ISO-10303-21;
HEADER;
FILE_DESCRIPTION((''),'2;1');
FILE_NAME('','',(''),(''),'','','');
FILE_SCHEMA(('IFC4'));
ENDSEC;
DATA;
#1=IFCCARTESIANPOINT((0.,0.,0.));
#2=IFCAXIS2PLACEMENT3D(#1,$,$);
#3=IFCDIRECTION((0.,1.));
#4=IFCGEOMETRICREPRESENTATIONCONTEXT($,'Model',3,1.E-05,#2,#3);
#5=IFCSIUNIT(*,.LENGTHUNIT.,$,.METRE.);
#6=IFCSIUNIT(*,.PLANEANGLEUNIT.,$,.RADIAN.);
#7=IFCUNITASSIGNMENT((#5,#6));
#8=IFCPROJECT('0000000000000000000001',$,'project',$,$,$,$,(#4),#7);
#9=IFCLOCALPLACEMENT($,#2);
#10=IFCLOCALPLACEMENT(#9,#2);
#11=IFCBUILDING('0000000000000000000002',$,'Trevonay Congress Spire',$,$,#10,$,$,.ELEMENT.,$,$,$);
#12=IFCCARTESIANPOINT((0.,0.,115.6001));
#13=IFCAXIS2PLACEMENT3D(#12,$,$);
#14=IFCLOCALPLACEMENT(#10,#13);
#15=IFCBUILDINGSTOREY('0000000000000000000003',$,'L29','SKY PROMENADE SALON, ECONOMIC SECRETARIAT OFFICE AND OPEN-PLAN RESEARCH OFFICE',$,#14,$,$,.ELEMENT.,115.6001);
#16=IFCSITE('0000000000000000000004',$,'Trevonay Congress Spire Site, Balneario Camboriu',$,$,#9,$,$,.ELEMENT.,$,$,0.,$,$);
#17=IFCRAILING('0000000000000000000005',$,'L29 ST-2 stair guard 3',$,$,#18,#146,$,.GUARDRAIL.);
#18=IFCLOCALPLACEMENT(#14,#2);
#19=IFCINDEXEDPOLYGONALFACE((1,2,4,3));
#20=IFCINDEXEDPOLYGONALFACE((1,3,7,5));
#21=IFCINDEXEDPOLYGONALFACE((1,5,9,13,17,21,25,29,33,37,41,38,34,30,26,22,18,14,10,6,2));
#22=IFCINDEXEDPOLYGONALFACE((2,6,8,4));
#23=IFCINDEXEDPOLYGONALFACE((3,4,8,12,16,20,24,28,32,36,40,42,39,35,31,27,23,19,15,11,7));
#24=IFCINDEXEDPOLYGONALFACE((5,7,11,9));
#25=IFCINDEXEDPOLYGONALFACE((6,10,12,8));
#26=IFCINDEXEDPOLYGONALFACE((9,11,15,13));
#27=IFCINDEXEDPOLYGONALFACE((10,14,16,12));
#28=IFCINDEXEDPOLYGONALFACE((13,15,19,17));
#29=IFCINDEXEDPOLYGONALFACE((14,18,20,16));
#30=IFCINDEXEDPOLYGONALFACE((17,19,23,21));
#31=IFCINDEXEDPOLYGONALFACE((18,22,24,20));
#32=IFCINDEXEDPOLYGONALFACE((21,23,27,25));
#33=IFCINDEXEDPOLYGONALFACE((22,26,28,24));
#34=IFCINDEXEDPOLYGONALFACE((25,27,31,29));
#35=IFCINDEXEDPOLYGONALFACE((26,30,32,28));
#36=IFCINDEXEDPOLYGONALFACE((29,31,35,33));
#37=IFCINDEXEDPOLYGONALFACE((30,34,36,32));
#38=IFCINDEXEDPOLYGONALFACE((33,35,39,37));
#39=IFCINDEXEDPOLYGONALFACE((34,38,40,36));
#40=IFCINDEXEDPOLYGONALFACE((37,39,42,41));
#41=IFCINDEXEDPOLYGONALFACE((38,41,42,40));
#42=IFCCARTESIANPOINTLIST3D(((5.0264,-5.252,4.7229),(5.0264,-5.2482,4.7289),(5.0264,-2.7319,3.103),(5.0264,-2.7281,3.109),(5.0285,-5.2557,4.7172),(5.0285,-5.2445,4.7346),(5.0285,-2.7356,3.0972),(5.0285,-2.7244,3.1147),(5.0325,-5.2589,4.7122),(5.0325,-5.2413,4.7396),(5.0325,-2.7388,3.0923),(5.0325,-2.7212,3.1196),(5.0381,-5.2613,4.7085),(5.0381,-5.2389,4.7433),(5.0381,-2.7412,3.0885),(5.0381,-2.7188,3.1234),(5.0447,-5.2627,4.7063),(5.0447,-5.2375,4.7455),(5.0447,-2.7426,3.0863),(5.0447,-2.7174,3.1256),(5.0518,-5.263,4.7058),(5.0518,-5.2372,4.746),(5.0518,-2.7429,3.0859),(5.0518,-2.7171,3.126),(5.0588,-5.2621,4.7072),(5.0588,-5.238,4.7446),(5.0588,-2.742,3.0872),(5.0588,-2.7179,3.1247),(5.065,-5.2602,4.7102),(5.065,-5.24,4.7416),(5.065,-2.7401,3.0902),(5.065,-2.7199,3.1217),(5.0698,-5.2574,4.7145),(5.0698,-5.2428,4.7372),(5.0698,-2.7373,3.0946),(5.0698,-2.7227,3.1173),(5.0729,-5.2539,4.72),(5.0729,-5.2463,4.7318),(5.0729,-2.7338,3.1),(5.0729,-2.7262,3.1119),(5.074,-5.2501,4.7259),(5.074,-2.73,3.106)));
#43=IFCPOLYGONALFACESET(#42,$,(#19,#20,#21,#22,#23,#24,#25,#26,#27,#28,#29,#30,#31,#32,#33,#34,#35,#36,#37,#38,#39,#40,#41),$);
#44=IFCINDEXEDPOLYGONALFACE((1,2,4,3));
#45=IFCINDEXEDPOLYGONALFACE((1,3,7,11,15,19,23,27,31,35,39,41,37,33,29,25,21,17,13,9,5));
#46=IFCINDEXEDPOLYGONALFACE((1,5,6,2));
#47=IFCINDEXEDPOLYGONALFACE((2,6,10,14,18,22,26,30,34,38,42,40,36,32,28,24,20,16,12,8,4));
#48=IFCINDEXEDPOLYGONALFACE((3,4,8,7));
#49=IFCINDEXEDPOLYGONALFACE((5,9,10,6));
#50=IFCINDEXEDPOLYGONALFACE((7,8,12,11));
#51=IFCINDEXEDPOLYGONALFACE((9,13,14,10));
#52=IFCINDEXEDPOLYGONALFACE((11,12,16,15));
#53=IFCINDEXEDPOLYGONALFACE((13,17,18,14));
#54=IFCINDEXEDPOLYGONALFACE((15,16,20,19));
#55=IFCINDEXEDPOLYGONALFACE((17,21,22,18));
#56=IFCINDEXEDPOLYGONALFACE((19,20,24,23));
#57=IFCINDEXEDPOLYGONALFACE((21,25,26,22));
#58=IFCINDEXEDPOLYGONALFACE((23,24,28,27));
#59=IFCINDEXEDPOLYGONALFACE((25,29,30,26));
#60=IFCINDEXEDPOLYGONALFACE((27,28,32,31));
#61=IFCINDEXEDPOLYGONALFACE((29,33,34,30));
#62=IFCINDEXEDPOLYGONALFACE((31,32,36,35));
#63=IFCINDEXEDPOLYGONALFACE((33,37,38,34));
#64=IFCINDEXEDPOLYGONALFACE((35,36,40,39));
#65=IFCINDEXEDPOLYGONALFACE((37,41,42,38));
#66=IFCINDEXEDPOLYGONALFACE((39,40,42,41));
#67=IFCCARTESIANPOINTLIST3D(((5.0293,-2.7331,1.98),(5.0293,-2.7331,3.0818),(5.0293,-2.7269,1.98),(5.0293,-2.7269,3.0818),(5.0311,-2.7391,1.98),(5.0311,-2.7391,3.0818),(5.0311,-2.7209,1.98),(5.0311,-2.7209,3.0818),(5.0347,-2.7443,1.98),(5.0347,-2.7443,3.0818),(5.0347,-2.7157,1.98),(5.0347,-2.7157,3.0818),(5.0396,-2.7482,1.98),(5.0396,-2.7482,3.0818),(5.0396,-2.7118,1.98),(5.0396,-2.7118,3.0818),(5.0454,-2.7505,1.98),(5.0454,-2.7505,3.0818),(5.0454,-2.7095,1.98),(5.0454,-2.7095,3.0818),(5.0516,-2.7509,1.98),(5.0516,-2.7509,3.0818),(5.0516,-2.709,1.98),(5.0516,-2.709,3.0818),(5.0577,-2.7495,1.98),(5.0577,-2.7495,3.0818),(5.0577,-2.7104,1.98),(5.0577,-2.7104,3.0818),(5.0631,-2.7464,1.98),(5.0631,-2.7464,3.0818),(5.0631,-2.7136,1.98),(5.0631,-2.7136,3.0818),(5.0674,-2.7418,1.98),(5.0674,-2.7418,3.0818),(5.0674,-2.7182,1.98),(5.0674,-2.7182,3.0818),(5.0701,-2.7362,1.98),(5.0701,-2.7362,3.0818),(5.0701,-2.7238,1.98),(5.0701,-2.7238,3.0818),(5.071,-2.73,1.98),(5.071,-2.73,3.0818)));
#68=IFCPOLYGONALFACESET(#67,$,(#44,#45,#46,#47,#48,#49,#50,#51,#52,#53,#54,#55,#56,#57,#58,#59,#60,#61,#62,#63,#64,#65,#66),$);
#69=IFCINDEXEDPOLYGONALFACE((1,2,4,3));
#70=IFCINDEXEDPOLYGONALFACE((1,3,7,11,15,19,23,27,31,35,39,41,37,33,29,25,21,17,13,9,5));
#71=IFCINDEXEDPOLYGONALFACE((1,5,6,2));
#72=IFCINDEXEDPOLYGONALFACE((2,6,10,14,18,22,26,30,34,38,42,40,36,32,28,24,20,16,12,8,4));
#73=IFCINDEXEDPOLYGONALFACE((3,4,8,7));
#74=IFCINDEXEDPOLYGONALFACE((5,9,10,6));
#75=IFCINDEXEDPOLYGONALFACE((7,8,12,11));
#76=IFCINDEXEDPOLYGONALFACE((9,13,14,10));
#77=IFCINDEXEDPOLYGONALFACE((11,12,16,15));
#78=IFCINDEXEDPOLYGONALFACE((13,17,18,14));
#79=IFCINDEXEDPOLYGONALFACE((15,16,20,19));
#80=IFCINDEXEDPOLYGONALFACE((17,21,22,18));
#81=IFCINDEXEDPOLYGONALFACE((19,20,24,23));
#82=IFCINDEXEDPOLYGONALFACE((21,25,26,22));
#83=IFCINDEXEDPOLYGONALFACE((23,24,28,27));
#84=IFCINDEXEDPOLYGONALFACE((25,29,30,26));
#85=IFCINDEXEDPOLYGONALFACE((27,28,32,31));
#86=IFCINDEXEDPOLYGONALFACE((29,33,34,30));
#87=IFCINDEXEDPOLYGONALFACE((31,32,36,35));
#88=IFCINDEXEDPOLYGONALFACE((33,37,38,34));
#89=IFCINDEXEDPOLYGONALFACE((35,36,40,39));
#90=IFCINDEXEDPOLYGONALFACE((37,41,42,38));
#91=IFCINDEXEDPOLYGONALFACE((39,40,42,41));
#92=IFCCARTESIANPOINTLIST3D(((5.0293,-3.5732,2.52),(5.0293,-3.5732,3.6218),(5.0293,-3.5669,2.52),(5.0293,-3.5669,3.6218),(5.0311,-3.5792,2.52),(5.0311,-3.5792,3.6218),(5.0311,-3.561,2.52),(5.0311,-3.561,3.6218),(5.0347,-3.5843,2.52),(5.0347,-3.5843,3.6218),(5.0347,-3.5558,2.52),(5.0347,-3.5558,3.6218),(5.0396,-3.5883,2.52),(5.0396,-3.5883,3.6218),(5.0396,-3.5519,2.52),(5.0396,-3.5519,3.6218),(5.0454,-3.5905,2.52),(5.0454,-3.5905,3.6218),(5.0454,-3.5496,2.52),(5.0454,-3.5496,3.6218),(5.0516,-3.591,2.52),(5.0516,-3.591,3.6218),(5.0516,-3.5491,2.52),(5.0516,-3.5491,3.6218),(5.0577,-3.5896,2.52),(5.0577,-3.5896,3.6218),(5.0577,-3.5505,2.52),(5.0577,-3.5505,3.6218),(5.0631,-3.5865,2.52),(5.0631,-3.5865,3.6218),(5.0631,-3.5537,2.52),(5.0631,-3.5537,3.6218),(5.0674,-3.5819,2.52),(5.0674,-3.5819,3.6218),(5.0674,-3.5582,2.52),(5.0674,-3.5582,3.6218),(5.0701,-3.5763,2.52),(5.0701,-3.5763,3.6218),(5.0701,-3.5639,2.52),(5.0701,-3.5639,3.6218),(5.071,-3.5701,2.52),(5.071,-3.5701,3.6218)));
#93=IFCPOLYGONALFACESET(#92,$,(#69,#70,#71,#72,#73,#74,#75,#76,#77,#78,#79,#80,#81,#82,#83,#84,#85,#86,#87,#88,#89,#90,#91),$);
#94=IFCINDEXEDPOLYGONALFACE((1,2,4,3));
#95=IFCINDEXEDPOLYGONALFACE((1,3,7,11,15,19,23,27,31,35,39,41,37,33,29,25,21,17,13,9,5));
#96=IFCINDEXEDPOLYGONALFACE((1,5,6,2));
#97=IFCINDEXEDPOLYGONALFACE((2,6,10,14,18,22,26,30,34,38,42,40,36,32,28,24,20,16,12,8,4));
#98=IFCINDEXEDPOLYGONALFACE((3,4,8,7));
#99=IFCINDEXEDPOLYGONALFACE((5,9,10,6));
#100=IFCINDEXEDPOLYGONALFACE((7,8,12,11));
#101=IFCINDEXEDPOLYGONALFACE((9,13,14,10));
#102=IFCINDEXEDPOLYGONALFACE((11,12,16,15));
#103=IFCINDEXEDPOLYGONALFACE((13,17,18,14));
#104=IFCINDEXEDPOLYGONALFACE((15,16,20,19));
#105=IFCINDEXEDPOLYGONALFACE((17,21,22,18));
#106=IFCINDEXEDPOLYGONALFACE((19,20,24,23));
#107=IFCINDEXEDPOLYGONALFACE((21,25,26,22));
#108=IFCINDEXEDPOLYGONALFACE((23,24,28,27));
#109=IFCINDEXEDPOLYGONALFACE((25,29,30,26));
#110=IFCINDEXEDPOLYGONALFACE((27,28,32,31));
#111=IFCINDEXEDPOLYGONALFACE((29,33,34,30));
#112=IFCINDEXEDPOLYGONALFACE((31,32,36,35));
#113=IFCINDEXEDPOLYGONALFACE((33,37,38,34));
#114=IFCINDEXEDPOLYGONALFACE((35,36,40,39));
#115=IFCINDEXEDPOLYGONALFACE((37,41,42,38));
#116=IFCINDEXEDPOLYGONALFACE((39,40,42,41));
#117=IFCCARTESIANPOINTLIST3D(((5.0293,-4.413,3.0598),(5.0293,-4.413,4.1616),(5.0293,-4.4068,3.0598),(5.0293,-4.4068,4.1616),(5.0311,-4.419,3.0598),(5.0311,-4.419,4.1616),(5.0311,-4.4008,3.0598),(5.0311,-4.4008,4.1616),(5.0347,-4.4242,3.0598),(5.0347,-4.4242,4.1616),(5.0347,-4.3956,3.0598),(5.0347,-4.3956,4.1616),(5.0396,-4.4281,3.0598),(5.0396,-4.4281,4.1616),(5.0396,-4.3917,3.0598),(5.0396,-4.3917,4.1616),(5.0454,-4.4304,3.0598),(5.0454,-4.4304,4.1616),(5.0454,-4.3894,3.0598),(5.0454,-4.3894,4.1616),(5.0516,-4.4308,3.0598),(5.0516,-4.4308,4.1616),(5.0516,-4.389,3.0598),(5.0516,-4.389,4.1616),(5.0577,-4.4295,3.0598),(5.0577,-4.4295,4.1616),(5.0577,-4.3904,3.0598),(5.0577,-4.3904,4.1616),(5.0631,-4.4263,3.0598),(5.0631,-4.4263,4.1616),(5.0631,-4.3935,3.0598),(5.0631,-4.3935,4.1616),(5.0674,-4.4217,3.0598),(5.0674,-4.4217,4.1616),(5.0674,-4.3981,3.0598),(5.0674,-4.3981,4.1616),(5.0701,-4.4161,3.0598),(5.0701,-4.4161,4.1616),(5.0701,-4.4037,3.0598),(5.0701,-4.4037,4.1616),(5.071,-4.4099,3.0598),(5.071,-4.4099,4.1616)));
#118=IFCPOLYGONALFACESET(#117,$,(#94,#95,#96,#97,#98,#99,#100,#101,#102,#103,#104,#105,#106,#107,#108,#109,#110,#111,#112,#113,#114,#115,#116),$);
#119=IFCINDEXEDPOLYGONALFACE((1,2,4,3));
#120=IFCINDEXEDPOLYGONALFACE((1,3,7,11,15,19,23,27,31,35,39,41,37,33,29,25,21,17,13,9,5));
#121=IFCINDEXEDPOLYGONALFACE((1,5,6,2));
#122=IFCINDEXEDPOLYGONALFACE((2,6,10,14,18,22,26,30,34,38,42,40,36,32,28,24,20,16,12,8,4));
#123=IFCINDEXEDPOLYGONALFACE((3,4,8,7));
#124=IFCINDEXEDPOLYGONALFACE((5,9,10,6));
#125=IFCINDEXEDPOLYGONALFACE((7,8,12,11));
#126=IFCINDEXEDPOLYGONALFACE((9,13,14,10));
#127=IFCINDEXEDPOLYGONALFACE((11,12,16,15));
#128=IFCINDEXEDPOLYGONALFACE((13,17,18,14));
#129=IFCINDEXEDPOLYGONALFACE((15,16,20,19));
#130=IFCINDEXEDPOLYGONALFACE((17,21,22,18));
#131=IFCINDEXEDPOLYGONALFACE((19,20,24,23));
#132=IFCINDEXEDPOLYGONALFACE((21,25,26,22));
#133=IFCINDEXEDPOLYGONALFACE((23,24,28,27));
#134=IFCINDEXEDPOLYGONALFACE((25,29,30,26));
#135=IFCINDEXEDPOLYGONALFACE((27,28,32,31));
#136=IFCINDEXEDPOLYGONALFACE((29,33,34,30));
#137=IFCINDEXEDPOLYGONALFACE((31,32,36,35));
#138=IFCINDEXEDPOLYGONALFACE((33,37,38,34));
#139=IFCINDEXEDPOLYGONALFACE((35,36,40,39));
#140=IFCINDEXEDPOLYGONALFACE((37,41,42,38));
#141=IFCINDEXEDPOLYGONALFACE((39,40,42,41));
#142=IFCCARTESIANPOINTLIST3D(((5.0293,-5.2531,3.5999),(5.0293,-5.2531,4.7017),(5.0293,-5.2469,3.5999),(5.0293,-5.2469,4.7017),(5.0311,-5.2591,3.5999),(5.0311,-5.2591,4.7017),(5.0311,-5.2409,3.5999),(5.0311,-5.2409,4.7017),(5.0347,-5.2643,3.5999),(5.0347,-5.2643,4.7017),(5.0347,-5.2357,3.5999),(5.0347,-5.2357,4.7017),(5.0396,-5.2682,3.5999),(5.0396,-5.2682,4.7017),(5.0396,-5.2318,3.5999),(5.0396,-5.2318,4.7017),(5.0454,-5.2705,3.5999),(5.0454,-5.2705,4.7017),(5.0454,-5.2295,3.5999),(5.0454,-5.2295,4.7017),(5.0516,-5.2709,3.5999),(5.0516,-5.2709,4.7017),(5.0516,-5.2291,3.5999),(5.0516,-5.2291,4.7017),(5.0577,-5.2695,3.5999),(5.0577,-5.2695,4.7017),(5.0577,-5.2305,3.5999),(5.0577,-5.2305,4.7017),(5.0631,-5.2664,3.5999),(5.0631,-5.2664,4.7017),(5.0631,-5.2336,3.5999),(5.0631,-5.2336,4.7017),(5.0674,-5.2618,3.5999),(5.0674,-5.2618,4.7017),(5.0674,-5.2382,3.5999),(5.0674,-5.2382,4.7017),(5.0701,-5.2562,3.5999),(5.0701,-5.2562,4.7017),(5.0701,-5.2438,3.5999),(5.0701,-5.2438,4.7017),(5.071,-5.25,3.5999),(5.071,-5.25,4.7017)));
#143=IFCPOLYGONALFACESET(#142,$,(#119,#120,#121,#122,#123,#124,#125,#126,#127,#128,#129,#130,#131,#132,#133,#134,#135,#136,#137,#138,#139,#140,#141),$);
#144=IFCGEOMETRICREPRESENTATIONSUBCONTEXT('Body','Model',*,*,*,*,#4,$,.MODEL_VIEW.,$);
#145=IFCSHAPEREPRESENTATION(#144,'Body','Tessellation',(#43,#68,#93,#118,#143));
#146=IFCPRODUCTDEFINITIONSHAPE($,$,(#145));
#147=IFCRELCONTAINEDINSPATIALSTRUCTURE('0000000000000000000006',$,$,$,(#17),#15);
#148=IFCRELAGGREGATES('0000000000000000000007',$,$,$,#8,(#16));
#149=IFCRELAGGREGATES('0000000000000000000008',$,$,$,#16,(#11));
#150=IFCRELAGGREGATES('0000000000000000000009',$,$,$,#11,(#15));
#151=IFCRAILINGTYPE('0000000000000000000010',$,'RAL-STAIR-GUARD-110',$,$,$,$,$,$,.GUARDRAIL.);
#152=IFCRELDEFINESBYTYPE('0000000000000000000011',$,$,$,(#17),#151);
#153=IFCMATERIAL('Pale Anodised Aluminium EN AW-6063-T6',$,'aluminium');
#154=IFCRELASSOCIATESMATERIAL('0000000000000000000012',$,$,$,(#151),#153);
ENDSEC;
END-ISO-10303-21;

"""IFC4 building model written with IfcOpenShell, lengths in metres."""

from ifc_helpers import new_model, si_unit, direction, frame, origin, origin_2d, place, context, subcontext, project, spatial, circle, extrude, material, type_object, element, save


model = new_model("IFC4")

# Units and contexts
model_context = context("Model", 3, precision=1e-05, world=origin(), true_north=direction((0.0, 1.0)))
body_context = subcontext(model_context, "Body", "Model", "MODEL_VIEW")
ifc_project = project(units=[si_unit("LENGTHUNIT", "METRE"), si_unit("PLANEANGLEUNIT", "RADIAN")], contexts=[model_context])

# Site, building, storey
site_placement = place(None, origin())
site = spatial("IfcSite", under=ifc_project, at=site_placement, Name="Trevonay Congress Spire Site, Balneario Camboriu", CompositionType="ELEMENT", RefElevation=0.0)
building_placement = place(site_placement, origin())
building = spatial("IfcBuilding", under=site, at=building_placement, Name="Trevonay Congress Spire", CompositionType="ELEMENT")
storey_placement = place(building_placement, frame((0.0, 0.0, 115.6001)))
storey = spatial("IfcBuildingStorey", under=building, at=storey_placement, Name="L29", Description="SKY PROMENADE SALON, ECONOMIC SECRETARIAT OFFICE AND OPEN-PLAN RESEARCH OFFICE", CompositionType="ELEMENT", Elevation=115.6001)

# Railing
ifc_material_1 = material(Name="Pale Anodised Aluminium EN AW-6063-T6", Category="aluminium")
railing_type_1 = type_object("IfcRailingType", Name="RAL-STAIR-GUARD-110", PredefinedType="GUARDRAIL", material=ifc_material_1)
railing_1_placement = place(storey_placement, frame((5.05, -2.73, 1.98)))
element("IfcRailing", 1, at=railing_1_placement, inside=storey, type_object=railing_type_1, Name="L29 ST-2 stair guard 3", PredefinedType="GUARDRAIL", context=body_context, shape_type="SweptSolid", body=[
    extrude(circle(Radius=0.0239, at=origin_2d()), frame((0.0, 0.0, 1.126), z_axis=(0.0, -0.8412, 0.540725), x_axis=(1.0, 0.0, 0.0)), (0.0, 0.0, 1.0), 2.9958),
    extrude(circle(Radius=0.021, at=origin_2d()), origin(), (0.0, 0.0, 1.0), 1.1018),
    extrude(circle(Radius=0.021, at=origin_2d()), frame((0.0, -0.8401, 0.54)), (0.0, 0.0, 1.0), 1.1018),
    extrude(circle(Radius=0.021, at=origin_2d()), frame((0.0, -1.6799, 1.0798)), (0.0, 0.0, 1.0), 1.1018),
    extrude(circle(Radius=0.021, at=origin_2d()), frame((0.0, -2.52, 1.6199)), (0.0, 0.0, 1.0), 1.1018),
])

save(model, "model.ifc")
